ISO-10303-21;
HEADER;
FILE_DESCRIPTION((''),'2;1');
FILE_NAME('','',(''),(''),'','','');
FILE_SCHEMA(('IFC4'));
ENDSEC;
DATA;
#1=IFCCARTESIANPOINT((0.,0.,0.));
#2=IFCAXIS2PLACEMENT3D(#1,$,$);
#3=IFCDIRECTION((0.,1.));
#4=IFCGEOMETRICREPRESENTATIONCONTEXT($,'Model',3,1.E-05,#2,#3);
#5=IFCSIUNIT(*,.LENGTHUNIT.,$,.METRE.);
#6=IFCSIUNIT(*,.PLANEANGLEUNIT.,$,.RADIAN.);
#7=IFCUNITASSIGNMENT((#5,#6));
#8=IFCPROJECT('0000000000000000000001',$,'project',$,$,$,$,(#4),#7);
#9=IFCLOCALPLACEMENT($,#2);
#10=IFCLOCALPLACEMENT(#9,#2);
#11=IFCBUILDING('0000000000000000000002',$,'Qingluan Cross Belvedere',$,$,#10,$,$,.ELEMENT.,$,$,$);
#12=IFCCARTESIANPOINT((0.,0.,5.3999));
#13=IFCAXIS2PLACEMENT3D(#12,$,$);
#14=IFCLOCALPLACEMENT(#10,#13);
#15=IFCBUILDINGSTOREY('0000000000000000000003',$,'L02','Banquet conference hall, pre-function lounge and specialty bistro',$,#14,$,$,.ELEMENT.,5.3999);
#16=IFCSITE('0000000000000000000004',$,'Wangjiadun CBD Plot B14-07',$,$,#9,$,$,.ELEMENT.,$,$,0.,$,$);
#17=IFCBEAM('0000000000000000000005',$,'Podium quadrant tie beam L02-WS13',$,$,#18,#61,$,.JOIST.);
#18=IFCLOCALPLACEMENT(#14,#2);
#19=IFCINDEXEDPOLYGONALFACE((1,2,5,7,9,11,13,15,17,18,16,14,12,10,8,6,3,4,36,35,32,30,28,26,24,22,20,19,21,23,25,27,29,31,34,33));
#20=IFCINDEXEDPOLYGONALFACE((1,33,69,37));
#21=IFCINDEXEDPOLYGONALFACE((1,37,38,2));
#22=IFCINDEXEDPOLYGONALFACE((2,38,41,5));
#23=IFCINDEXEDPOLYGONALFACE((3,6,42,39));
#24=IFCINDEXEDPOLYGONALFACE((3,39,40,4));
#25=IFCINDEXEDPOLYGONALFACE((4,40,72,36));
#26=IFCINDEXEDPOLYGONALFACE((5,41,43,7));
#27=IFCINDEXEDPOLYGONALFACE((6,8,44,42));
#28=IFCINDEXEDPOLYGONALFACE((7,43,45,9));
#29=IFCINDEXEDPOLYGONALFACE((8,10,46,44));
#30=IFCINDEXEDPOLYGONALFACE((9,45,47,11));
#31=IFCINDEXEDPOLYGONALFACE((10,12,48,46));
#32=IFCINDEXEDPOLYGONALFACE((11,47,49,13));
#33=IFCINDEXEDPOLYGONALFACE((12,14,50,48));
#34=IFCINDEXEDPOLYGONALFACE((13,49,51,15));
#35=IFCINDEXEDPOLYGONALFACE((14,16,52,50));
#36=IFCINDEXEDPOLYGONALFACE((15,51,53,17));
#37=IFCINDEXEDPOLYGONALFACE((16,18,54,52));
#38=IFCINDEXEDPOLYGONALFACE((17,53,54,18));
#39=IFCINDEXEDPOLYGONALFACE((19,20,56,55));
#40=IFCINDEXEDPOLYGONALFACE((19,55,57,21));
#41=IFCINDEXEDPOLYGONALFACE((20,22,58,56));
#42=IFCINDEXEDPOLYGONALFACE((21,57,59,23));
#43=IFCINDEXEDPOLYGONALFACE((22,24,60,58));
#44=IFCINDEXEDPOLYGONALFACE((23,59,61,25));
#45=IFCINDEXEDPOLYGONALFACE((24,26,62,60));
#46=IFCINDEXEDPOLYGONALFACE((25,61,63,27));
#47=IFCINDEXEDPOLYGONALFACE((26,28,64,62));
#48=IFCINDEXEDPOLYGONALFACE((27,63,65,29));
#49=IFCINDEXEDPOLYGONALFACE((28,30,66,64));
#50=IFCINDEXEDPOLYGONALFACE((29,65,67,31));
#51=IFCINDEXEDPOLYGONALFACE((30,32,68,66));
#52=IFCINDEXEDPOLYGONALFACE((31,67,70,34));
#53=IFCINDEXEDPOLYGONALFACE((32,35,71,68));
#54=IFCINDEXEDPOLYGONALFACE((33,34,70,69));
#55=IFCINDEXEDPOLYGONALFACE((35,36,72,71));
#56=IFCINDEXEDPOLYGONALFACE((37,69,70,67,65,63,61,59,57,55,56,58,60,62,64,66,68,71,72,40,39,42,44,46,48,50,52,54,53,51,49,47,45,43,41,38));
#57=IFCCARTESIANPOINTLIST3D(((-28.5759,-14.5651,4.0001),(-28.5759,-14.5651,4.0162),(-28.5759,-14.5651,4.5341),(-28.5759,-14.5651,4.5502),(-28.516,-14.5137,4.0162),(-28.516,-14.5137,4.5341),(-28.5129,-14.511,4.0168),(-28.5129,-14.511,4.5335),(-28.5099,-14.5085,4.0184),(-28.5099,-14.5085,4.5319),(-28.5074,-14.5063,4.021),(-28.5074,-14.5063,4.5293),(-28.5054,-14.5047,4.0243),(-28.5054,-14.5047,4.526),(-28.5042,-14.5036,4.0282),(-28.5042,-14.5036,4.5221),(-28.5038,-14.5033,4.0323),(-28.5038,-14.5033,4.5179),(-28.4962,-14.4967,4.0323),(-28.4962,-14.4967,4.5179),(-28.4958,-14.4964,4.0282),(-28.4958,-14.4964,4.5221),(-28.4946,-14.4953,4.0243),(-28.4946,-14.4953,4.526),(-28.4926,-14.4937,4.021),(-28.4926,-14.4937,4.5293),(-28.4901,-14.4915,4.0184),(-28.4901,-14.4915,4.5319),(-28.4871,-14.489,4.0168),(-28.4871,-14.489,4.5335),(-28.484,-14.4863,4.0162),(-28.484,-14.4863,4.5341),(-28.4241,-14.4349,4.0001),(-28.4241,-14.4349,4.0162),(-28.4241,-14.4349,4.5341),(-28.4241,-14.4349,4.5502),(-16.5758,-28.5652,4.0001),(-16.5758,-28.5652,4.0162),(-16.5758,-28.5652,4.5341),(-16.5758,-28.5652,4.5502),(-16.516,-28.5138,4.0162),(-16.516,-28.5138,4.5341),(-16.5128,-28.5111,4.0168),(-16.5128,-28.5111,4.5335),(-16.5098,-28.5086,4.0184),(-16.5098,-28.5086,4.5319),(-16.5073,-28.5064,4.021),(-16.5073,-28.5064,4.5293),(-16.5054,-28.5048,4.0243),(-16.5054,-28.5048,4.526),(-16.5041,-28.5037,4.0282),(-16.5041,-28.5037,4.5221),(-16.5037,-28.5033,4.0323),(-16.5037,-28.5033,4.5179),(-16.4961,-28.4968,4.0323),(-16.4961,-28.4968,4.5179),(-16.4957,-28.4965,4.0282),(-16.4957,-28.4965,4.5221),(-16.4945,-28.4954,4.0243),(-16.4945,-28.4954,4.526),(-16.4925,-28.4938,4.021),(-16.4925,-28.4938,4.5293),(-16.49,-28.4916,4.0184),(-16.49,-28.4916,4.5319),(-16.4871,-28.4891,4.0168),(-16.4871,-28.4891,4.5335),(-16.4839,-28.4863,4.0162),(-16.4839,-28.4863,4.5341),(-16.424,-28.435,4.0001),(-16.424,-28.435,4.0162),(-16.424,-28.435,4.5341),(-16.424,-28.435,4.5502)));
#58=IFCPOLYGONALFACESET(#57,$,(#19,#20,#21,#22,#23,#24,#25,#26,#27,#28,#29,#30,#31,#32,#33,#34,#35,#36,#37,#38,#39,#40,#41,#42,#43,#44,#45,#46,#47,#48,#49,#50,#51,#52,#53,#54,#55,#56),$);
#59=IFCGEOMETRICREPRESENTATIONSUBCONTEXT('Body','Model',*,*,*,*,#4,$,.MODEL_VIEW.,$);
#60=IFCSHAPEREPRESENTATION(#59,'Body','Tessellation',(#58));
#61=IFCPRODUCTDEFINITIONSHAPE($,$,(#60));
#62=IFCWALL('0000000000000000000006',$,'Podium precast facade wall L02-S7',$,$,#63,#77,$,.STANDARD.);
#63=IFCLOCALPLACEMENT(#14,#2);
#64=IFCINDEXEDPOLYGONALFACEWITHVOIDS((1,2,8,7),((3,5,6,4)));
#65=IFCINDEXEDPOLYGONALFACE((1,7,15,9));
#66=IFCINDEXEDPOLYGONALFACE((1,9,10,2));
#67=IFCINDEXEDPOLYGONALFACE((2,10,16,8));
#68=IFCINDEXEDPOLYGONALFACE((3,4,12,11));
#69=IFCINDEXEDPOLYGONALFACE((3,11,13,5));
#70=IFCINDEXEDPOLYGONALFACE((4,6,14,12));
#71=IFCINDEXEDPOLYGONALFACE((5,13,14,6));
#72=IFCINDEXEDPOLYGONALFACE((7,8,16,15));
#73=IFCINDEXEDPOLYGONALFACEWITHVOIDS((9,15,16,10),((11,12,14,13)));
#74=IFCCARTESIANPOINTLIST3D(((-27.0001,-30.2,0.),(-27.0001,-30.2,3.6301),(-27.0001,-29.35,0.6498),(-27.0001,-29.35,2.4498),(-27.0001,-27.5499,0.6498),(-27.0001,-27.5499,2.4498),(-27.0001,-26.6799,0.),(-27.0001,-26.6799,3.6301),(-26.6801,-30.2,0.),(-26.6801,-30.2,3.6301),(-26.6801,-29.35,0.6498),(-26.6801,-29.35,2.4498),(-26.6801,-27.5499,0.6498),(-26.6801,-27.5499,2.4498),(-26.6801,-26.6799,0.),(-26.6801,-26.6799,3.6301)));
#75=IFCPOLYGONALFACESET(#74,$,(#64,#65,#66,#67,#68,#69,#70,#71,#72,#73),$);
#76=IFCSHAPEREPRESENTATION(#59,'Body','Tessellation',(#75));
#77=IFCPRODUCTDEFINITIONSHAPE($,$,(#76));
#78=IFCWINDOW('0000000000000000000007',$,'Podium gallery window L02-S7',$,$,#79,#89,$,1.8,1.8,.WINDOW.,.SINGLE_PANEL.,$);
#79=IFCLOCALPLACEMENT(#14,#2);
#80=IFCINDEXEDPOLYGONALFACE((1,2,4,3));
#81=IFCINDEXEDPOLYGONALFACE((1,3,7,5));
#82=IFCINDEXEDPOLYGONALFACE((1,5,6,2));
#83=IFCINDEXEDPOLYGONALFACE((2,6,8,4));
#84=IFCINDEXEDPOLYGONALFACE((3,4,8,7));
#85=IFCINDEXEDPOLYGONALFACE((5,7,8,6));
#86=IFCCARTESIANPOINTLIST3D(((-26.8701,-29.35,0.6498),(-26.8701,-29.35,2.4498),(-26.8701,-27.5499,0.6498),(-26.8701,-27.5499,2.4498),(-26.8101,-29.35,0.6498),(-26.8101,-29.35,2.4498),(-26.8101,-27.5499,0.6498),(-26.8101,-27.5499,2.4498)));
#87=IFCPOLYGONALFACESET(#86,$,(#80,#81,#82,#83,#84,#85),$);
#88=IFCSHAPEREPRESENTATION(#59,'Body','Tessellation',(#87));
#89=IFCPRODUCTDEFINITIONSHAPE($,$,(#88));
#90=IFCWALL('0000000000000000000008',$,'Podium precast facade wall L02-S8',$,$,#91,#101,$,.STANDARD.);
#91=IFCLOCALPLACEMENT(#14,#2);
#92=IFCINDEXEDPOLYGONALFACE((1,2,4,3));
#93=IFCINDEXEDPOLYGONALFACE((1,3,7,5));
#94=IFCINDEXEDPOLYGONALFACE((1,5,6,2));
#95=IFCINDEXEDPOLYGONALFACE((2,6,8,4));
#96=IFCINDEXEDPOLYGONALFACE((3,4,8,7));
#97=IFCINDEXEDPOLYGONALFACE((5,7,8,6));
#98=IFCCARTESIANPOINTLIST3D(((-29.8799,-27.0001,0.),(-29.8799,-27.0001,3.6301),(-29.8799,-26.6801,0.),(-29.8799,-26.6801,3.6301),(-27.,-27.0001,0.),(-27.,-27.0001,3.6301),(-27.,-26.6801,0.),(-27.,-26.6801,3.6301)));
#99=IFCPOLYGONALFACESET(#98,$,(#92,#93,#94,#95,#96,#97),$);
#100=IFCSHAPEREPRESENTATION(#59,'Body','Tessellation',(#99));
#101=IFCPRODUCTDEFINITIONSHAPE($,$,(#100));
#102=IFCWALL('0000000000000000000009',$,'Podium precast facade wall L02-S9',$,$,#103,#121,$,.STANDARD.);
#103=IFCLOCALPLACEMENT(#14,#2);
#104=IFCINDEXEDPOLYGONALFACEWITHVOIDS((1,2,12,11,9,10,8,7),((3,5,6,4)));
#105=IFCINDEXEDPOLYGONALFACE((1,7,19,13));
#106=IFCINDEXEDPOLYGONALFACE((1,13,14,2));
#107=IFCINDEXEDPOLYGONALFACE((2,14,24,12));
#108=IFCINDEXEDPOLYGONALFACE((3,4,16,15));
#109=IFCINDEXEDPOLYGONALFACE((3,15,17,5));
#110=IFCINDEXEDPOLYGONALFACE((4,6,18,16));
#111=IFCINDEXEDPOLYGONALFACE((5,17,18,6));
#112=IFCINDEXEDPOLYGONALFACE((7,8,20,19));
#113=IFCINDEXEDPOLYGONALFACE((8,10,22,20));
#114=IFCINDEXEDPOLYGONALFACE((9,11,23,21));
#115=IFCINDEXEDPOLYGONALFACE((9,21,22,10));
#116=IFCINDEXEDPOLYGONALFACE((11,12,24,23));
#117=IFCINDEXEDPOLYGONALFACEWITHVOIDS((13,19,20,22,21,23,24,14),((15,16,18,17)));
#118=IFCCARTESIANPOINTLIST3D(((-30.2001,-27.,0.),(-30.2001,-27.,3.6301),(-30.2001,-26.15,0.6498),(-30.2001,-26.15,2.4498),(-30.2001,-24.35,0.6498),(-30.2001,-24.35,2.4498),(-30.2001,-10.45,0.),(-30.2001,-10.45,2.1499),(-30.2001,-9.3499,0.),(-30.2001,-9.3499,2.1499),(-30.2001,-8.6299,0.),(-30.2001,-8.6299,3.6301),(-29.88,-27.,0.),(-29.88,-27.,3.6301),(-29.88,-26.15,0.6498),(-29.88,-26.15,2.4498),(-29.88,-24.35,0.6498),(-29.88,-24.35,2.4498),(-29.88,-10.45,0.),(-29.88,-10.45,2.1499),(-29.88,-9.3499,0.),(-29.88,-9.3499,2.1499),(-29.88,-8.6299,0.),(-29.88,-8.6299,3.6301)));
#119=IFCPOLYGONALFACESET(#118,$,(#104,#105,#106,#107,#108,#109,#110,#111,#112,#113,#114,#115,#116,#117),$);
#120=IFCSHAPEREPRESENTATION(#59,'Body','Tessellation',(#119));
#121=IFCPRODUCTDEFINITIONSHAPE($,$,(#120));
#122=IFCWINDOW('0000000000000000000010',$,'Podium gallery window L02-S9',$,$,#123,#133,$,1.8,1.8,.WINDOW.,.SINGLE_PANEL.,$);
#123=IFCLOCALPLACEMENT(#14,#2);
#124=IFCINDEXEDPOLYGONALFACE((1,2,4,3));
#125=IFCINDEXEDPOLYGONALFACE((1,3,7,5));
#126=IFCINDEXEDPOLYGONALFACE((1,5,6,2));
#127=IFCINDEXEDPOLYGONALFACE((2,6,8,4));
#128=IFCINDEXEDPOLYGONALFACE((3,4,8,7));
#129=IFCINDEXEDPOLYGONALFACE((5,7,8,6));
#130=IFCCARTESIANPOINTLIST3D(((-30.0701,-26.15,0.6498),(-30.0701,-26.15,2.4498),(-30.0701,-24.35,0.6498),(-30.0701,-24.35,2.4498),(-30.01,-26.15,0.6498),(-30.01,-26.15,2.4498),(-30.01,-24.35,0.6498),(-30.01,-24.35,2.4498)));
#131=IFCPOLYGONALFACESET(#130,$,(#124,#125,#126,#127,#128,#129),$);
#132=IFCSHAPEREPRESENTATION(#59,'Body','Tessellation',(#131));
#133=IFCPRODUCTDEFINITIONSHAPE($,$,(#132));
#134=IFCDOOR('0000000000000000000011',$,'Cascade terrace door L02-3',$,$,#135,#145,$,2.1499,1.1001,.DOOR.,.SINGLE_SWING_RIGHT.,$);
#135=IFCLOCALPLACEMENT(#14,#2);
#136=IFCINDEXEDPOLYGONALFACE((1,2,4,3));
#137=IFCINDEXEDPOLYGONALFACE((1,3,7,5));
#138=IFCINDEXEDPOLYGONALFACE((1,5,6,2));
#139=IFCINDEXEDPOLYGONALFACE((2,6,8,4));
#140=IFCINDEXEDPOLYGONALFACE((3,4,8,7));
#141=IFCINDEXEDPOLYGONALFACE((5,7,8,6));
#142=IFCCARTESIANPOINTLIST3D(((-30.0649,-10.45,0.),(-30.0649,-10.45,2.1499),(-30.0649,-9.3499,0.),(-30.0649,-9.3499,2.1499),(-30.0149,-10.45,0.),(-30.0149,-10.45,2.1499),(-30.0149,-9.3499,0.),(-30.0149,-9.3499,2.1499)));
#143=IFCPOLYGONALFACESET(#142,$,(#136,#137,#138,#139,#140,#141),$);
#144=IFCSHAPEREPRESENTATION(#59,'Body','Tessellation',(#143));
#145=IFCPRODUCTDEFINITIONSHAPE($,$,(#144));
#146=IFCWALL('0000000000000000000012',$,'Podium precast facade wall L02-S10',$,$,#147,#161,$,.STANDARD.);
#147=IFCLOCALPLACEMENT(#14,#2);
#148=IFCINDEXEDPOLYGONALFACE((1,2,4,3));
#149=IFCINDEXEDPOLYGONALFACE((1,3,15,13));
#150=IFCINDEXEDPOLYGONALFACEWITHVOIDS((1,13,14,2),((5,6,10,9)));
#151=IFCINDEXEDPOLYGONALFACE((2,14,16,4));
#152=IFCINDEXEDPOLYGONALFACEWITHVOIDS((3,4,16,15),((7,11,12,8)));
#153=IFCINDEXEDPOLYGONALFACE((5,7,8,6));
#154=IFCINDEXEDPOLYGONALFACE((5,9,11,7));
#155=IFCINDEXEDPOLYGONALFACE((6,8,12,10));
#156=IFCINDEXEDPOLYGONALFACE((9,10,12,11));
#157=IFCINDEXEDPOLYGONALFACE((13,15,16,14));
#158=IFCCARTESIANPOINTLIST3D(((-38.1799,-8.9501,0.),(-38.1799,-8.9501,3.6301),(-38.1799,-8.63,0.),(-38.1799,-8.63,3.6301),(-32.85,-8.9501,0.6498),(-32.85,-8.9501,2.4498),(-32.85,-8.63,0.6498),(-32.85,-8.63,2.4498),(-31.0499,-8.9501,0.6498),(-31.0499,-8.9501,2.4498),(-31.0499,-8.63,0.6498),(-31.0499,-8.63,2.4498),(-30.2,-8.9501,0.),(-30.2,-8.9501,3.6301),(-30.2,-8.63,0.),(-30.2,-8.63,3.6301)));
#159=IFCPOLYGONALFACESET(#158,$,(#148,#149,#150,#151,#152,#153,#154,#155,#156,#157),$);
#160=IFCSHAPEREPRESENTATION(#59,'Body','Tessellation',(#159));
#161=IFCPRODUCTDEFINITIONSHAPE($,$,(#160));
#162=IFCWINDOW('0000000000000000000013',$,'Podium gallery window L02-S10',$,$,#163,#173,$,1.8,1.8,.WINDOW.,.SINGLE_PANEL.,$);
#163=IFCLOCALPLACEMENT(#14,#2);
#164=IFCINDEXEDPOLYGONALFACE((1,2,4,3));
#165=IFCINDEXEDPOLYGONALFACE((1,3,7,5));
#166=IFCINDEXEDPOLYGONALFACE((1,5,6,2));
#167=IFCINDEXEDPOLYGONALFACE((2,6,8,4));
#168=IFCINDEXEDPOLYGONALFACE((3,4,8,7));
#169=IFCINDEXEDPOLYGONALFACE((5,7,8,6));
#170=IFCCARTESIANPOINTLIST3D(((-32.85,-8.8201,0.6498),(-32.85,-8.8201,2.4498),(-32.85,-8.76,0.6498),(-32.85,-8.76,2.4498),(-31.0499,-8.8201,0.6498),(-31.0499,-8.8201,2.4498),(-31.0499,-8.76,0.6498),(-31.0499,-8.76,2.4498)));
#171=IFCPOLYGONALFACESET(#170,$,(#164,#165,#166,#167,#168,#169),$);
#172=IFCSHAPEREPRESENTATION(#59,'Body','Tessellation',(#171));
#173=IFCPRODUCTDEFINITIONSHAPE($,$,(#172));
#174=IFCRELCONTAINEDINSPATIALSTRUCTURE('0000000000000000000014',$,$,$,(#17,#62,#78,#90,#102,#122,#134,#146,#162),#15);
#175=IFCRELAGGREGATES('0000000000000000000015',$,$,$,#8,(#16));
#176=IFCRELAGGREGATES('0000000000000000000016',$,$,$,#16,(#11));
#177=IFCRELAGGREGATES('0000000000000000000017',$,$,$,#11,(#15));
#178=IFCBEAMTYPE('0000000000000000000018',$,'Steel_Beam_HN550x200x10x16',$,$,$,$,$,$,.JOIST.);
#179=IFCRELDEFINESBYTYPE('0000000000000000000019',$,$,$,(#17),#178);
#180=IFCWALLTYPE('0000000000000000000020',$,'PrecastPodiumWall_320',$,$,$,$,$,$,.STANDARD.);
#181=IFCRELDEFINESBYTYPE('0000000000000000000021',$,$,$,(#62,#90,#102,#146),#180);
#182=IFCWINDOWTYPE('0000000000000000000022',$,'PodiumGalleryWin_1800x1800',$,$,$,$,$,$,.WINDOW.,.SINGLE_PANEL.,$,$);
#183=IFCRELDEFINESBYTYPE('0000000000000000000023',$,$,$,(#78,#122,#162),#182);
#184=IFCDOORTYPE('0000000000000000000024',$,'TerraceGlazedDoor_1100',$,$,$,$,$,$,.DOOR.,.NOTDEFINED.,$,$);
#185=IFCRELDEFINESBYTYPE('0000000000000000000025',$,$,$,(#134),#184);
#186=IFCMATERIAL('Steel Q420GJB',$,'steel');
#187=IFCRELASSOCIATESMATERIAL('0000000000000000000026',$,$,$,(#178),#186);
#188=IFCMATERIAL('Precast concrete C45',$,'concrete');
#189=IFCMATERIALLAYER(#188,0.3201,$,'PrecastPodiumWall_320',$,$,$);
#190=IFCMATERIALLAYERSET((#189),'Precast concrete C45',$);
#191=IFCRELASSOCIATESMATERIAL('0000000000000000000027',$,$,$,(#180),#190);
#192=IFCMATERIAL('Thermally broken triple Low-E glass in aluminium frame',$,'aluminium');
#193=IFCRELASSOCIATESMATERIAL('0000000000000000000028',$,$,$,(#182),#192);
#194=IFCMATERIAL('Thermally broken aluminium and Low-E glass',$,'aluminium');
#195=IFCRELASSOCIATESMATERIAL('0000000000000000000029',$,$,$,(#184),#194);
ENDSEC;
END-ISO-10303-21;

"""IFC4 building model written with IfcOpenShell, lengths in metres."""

from ifc_helpers import new_model, si_unit, direction, frame, frame_2d, origin, origin_2d, place, context, subcontext, project, spatial, rectangle, i_section, extrude, material, layer, layer_set, material_profile, profile_set, type_object, element, fill, save


model = new_model("IFC4")

# Units and contexts
model_context = context("Model", 3, precision=1e-05, world=origin(), true_north=direction((0.0, 1.0)))
body_context = subcontext(model_context, "Body", "Model", "MODEL_VIEW")
ifc_project = project(units=[si_unit("LENGTHUNIT", "METRE"), si_unit("PLANEANGLEUNIT", "RADIAN")], contexts=[model_context])

# Site, building, storey
site_placement = place(None, origin())
site = spatial("IfcSite", under=ifc_project, at=site_placement, Name="Wangjiadun CBD Plot B14-07", CompositionType="ELEMENT", RefElevation=0.0)
building_placement = place(site_placement, origin())
building = spatial("IfcBuilding", under=site, at=building_placement, Name="Qingluan Cross Belvedere", CompositionType="ELEMENT")
storey_placement = place(building_placement, frame((0.0, 0.0, 5.3999)))
storey = spatial("IfcBuildingStorey", under=building, at=storey_placement, Name="L02", Description="Banquet conference hall, pre-function lounge and specialty bistro", CompositionType="ELEMENT", Elevation=5.3999)

# Beam
ifc_material_1 = material(Name="Steel Q420GJB", Category="steel")
ifc_material_profile_1 = material_profile(ifc_material_1, i_section(OverallWidth=0.2, OverallDepth=0.55, WebThickness=0.01, FlangeThickness=0.0161, FilletRadius=0.0161, at=origin_2d()), Name="HN550x200x10x16")
ifc_profile_set_1 = profile_set([ifc_material_profile_1], Name="Steel Q420GJB")
beam_type = type_object("IfcBeamType", Name="Steel_Beam_HN550x200x10x16", PredefinedType="JOIST", material=ifc_profile_set_1)
beam_1_placement = place(storey_placement, frame((-28.5, -14.5, 4.2751), z_axis=(0.650791, -0.759257, 0.0), x_axis=(0.759257, 0.650791, 0.0)))
element("IfcBeam", 1, at=beam_1_placement, inside=storey, type_object=beam_type, Name="Podium quadrant tie beam L02-WS13", PredefinedType="JOIST", context=body_context, shape_type="SweptSolid", body=[
    extrude(i_section(OverallWidth=0.2, OverallDepth=0.55, WebThickness=0.01, FlangeThickness=0.0161, FilletRadius=0.0161, at=origin_2d()), origin(), (0.0, 0.0, 1.0), 18.4392),
])

# Wall, opening, window
ifc_material_2 = material(Name="Precast concrete C45", Category="concrete")
ifc_layer_1 = layer(ifc_material_2, 0.3201, Name="PrecastPodiumWall_320")
ifc_layer_set_1 = layer_set([ifc_layer_1], Name="Precast concrete C45")
wall_type = type_object("IfcWallType", Name="PrecastPodiumWall_320", PredefinedType="STANDARD", material=ifc_layer_set_1)
wall_1_placement = place(storey_placement, frame((-26.8401, -30.2, 0.0), z_axis=(0.0, 0.0, 1.0), x_axis=(0.0, 1.0, 0.0)))
wall_1 = element("IfcWall", 2, at=wall_1_placement, inside=storey, type_object=wall_type, Name="Podium precast facade wall L02-S7", PredefinedType="STANDARD", context=body_context, shape_type="SweptSolid", body=[
    extrude(rectangle(XDim=3.52, YDim=0.3201, at=frame_2d((1.76, 0.0))), origin(), (0.0, 0.0, 1.0), 3.6301),
])
opening_1_placement = place(wall_1_placement, frame((0.8501, 0.0, 0.6499)))
opening_1 = element("IfcOpeningElement", 3, at=opening_1_placement, cuts=wall_1, PredefinedType="OPENING", context=body_context, shape_type="SweptSolid", body=[
    extrude(rectangle(XDim=1.8, YDim=1.8, at=frame_2d((0.8999, 0.8999))), frame((0.0, 0.1699, 0.0), z_axis=(0.0, -1.0, 0.0), x_axis=(1.0, 0.0, 0.0)), (0.0, 0.0, 1.0), 0.3401),
])
ifc_material_3 = material(Name="Thermally broken triple Low-E glass in aluminium frame", Category="aluminium")
window_type = type_object("IfcWindowType", Name="PodiumGalleryWin_1800x1800", PartitioningType="SINGLE_PANEL", PredefinedType="WINDOW", material=ifc_material_3)
window_1_placement = place(opening_1_placement, origin())
window_1 = element("IfcWindow", 4, at=window_1_placement, inside=storey, type_object=window_type, Name="Podium gallery window L02-S7", OverallHeight=1.8, OverallWidth=1.8, PartitioningType="SINGLE_PANEL", PredefinedType="WINDOW", context=body_context, shape_type="SweptSolid", body=[
    extrude(rectangle(XDim=1.8, YDim=1.8, at=frame_2d((0.8999, 0.8999))), frame((0.0, 0.03, 0.0), z_axis=(0.0, -1.0, 0.0), x_axis=(1.0, 0.0, 0.0)), (0.0, 0.0, 1.0), 0.0601),
])
fill(opening_1, window_1)

# Wall
wall_2_placement = place(storey_placement, frame((-27.0, -26.8401, 0.0), z_axis=(0.0, 0.0, 1.0), x_axis=(-1.0, 0.0, 0.0)))
element("IfcWall", 5, at=wall_2_placement, inside=storey, type_object=wall_type, Name="Podium precast facade wall L02-S8", PredefinedType="STANDARD", context=body_context, shape_type="SweptSolid", body=[
    extrude(rectangle(XDim=2.8799, YDim=0.3201, at=frame_2d((1.4399, 0.0))), origin(), (0.0, 0.0, 1.0), 3.6301),
])

# Wall, openings, window, door
wall_3_placement = place(storey_placement, frame((-30.04, -27.0, 0.0), z_axis=(0.0, 0.0, 1.0), x_axis=(0.0, 1.0, 0.0)))
wall_3 = element("IfcWall", 6, at=wall_3_placement, inside=storey, type_object=wall_type, Name="Podium precast facade wall L02-S9", PredefinedType="STANDARD", context=body_context, shape_type="SweptSolid", body=[
    extrude(rectangle(XDim=18.3701, YDim=0.3201, at=frame_2d((9.1851, 0.0))), origin(), (0.0, 0.0, 1.0), 3.6301),
])
opening_2_placement = place(wall_3_placement, frame((0.8501, 0.0, 0.6499)))
opening_2 = element("IfcOpeningElement", 7, at=opening_2_placement, cuts=wall_3, PredefinedType="OPENING", context=body_context, shape_type="SweptSolid", body=[
    extrude(rectangle(XDim=1.8, YDim=1.8, at=frame_2d((0.8999, 0.8999))), frame((0.0, 0.1699, 0.0), z_axis=(0.0, -1.0, 0.0), x_axis=(1.0, 0.0, 0.0)), (0.0, 0.0, 1.0), 0.3401),
])
opening_3_placement = place(wall_3_placement, frame((16.55, 0.0, 0.0)))
opening_3 = element("IfcOpeningElement", 8, at=opening_3_placement, cuts=wall_3, PredefinedType="OPENING", context=body_context, shape_type="SweptSolid", body=[
    extrude(rectangle(XDim=1.1001, YDim=2.1499, at=frame_2d((0.55, 1.075))), frame((0.0, 0.1699, 0.0), z_axis=(0.0, -1.0, 0.0), x_axis=(1.0, 0.0, 0.0)), (0.0, 0.0, 1.0), 0.3401),
])
window_2_placement = place(opening_2_placement, origin())
window_2 = element("IfcWindow", 9, at=window_2_placement, inside=storey, type_object=window_type, Name="Podium gallery window L02-S9", OverallHeight=1.8, OverallWidth=1.8, PartitioningType="SINGLE_PANEL", PredefinedType="WINDOW", context=body_context, shape_type="SweptSolid", body=[
    extrude(rectangle(XDim=1.8, YDim=1.8, at=frame_2d((0.8999, 0.8999))), frame((0.0, 0.03, 0.0), z_axis=(0.0, -1.0, 0.0), x_axis=(1.0, 0.0, 0.0)), (0.0, 0.0, 1.0), 0.0601),
])
fill(opening_2, window_2)
ifc_material_4 = material(Name="Thermally broken aluminium and Low-E glass", Category="aluminium")
door_type = type_object("IfcDoorType", Name="TerraceGlazedDoor_1100", OperationType="NOTDEFINED", PredefinedType="DOOR", material=ifc_material_4)
door_placement = place(opening_3_placement, origin())
door = element("IfcDoor", 10, at=door_placement, inside=storey, type_object=door_type, Name="Cascade terrace door L02-3", OperationType="SINGLE_SWING_RIGHT", OverallHeight=2.1499, OverallWidth=1.1001, PredefinedType="DOOR", context=body_context, shape_type="SweptSolid", body=[
    extrude(rectangle(XDim=1.1001, YDim=2.1499, at=frame_2d((0.55, 1.075))), frame((0.0, 0.0249, 0.0), z_axis=(0.0, -1.0, 0.0), x_axis=(1.0, 0.0, 0.0)), (0.0, 0.0, 1.0), 0.05),
])
fill(opening_3, door)

# Wall, opening, window
wall_4_placement = place(storey_placement, frame((-30.2, -8.79, 0.0), z_axis=(0.0, 0.0, 1.0), x_axis=(-1.0, 0.0, 0.0)))
wall_4 = element("IfcWall", 11, at=wall_4_placement, inside=storey, type_object=wall_type, Name="Podium precast facade wall L02-S10", PredefinedType="STANDARD", context=body_context, shape_type="SweptSolid", body=[
    extrude(rectangle(XDim=7.98, YDim=0.3201, at=frame_2d((3.99, 0.0))), origin(), (0.0, 0.0, 1.0), 3.6301),
])
opening_4_placement = place(wall_4_placement, frame((0.8501, 0.0, 0.6499)))
opening_4 = element("IfcOpeningElement", 12, at=opening_4_placement, cuts=wall_4, PredefinedType="OPENING", context=body_context, shape_type="SweptSolid", body=[
    extrude(rectangle(XDim=1.8, YDim=1.8, at=frame_2d((0.8999, 0.8999))), frame((0.0, 0.1699, 0.0), z_axis=(0.0, -1.0, 0.0), x_axis=(1.0, 0.0, 0.0)), (0.0, 0.0, 1.0), 0.3401),
])
window_3_placement = place(opening_4_placement, origin())
window_3 = element("IfcWindow", 13, at=window_3_placement, inside=storey, type_object=window_type, Name="Podium gallery window L02-S10", OverallHeight=1.8, OverallWidth=1.8, PartitioningType="SINGLE_PANEL", PredefinedType="WINDOW", context=body_context, shape_type="SweptSolid", body=[
    extrude(rectangle(XDim=1.8, YDim=1.8, at=frame_2d((0.8999, 0.8999))), frame((0.0, 0.03, 0.0), z_axis=(0.0, -1.0, 0.0), x_axis=(1.0, 0.0, 0.0)), (0.0, 0.0, 1.0), 0.0601),
])
fill(opening_4, window_3)

save(model, "model.ifc")
